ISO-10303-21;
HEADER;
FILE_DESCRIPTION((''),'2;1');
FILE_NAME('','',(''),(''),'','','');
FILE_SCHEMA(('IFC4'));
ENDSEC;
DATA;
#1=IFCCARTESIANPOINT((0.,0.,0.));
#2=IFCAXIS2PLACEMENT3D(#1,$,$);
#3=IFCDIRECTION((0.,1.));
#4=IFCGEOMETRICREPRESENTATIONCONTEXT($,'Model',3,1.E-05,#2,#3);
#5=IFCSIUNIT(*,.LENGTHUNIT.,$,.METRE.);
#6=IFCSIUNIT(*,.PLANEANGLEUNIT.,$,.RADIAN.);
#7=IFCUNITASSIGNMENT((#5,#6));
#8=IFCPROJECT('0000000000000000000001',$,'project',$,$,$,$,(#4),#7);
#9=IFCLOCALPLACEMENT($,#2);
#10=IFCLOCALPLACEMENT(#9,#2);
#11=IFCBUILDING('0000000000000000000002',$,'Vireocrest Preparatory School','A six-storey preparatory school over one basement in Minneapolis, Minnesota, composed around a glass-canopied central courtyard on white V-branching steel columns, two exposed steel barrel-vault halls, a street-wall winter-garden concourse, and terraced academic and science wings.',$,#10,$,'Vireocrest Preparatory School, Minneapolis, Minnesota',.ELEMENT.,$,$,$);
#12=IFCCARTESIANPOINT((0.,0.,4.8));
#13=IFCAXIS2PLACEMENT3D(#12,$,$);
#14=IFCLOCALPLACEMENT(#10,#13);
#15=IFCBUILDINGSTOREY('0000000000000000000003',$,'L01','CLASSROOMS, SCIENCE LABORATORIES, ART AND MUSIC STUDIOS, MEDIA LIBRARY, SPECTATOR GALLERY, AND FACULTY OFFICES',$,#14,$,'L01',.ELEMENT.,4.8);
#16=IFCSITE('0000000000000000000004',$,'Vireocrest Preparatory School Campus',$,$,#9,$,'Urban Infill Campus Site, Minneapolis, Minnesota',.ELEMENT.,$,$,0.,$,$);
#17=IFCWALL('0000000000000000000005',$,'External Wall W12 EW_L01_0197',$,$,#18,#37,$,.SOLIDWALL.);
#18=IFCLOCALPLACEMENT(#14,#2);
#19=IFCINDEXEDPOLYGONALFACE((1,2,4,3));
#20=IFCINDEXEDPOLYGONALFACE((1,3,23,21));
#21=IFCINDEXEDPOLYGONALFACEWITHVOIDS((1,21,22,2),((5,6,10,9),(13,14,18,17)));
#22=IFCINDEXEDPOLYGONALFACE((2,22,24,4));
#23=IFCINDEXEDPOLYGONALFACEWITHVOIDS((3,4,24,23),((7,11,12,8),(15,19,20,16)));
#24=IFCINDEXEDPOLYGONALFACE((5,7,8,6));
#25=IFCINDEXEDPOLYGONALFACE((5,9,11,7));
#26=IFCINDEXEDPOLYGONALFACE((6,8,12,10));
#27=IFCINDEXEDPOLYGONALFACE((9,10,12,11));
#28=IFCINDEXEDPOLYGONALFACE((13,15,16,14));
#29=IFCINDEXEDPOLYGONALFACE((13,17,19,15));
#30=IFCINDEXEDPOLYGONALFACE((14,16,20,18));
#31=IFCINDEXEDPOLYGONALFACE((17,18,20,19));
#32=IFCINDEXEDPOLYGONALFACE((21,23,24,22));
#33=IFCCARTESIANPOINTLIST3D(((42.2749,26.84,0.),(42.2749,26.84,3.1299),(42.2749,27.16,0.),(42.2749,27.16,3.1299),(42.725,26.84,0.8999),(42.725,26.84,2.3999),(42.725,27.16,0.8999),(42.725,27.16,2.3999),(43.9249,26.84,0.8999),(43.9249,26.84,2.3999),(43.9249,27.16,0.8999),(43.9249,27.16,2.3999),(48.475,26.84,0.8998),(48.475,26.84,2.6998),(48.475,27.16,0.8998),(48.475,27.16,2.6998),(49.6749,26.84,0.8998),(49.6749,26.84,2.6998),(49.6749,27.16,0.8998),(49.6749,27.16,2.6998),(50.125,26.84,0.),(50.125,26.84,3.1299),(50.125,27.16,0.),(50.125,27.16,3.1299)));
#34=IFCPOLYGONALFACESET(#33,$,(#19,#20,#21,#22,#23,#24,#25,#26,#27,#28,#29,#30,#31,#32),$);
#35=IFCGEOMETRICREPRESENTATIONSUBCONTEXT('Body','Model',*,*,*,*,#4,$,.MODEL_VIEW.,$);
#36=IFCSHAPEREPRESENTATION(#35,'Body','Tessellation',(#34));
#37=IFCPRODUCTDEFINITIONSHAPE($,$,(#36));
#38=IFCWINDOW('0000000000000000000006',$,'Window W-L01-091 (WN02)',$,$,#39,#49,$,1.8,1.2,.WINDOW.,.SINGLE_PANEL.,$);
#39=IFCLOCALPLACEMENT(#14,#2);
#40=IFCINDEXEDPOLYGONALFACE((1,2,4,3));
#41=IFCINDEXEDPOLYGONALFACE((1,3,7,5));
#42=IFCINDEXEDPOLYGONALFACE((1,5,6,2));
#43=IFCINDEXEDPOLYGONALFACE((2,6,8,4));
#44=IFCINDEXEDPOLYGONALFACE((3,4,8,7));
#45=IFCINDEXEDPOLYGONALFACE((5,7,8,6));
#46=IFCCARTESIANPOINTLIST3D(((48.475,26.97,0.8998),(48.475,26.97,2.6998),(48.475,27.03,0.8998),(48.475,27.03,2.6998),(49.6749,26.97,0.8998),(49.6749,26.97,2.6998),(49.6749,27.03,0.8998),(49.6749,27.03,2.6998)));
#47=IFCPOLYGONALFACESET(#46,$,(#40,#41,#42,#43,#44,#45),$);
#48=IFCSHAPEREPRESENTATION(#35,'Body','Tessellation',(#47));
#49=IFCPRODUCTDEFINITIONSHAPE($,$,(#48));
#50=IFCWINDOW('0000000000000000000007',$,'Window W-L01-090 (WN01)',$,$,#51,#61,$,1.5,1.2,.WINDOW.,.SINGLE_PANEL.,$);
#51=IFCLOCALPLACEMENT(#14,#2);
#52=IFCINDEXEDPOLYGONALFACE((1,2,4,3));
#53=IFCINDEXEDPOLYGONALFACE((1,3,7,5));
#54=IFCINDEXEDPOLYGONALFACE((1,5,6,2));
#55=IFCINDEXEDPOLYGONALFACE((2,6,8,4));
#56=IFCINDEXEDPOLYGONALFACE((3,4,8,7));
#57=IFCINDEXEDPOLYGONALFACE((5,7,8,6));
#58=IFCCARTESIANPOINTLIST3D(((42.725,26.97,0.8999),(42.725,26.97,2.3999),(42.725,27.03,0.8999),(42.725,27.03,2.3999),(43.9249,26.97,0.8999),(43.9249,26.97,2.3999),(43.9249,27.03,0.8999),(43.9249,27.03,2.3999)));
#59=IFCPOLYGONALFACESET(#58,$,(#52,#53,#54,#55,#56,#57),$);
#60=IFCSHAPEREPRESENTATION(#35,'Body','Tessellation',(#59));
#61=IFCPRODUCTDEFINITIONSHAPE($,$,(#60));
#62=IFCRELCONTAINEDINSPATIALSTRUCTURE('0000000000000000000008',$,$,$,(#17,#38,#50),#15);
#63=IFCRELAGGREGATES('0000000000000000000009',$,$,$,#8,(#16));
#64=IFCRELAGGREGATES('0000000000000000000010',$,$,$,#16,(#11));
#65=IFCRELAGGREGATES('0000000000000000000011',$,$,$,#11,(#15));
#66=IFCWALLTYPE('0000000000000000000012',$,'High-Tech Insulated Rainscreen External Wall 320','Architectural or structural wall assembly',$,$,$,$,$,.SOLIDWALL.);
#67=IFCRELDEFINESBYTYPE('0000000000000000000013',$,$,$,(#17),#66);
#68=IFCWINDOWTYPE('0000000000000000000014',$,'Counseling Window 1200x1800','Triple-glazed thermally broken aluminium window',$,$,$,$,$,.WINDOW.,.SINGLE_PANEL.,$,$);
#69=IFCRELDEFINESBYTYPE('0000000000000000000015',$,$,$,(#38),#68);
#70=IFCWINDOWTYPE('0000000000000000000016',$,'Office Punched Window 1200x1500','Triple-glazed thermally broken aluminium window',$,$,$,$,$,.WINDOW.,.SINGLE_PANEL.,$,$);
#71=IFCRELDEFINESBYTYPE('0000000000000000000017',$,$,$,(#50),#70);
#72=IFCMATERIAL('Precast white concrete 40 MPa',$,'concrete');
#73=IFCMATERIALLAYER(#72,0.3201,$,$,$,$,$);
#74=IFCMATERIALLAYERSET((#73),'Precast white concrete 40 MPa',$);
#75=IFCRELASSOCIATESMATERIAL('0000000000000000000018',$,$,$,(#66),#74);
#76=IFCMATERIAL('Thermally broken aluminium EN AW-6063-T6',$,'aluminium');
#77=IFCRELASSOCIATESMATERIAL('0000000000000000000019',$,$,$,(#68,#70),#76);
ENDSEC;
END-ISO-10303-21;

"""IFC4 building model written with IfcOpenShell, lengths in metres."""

from ifc_helpers import new_model, si_unit, direction, frame, frame_2d, origin, place, context, subcontext, project, spatial, rectangle, extrude, material, layer, layer_set, type_object, element, fill, save


model = new_model("IFC4")

# Units and contexts
model_context = context("Model", 3, precision=1e-05, world=origin(), true_north=direction((0.0, 1.0)))
body_context = subcontext(model_context, "Body", "Model", "MODEL_VIEW")
ifc_project = project(units=[si_unit("LENGTHUNIT", "METRE"), si_unit("PLANEANGLEUNIT", "RADIAN")], contexts=[model_context])

# Site, building, storey
site_placement = place(None, origin())
site = spatial("IfcSite", under=ifc_project, at=site_placement, Name="Vireocrest Preparatory School Campus", LongName="Urban Infill Campus Site, Minneapolis, Minnesota", CompositionType="ELEMENT", RefElevation=0.0)
building_placement = place(site_placement, origin())
building = spatial("IfcBuilding", under=site, at=building_placement, Name="Vireocrest Preparatory School", Description="A six-storey preparatory school over one basement in Minneapolis, Minnesota, composed around a glass-canopied central courtyard on white V-branching steel columns, two exposed steel barrel-vault halls, a street-wall winter-garden concourse, and terraced academic and science wings.", LongName="Vireocrest Preparatory School, Minneapolis, Minnesota", CompositionType="ELEMENT")
storey_placement = place(building_placement, frame((0.0, 0.0, 4.8)))
storey = spatial("IfcBuildingStorey", under=building, at=storey_placement, Name="L01", Description="CLASSROOMS, SCIENCE LABORATORIES, ART AND MUSIC STUDIOS, MEDIA LIBRARY, SPECTATOR GALLERY, AND FACULTY OFFICES", LongName="L01", CompositionType="ELEMENT", Elevation=4.8)

# Wall, openings, windows
ifc_material_1 = material(Name="Precast white concrete 40 MPa", Category="concrete")
ifc_layer_1 = layer(ifc_material_1, 0.3201)
ifc_layer_set_1 = layer_set([ifc_layer_1], Name="Precast white concrete 40 MPa")
wall_type_1 = type_object("IfcWallType", Name="High-Tech Insulated Rainscreen External Wall 320", Description="Architectural or structural wall assembly", PredefinedType="SOLIDWALL", material=ifc_layer_set_1)
wall_1_placement = place(storey_placement, frame((42.2749, 27.0, 0.0), z_axis=(0.0, 0.0, 1.0), x_axis=(1.0, 0.0, 0.0)))
wall_1 = element("IfcWall", 1, at=wall_1_placement, inside=storey, type_object=wall_type_1, Name="External Wall W12 EW_L01_0197", PredefinedType="SOLIDWALL", context=body_context, shape_type="SweptSolid", body=[
    extrude(rectangle(XDim=7.8501, YDim=0.3201, at=frame_2d((3.925, 0.0))), origin(), (0.0, 0.0, 1.0), 3.1299),
])
opening_1_placement = place(wall_1_placement, frame((0.45, 0.0, 0.8999)))
opening_1 = element("IfcOpeningElement", 2, at=opening_1_placement, cuts=wall_1, PredefinedType="OPENING", context=body_context, shape_type="SweptSolid", body=[
    extrude(rectangle(XDim=1.2, YDim=1.5, at=frame_2d((0.6001, 0.75))), frame((0.0, 0.1699, 0.0), z_axis=(0.0, -1.0, 0.0), x_axis=(1.0, 0.0, 0.0)), (0.0, 0.0, 1.0), 0.3401),
])
opening_2_placement = place(wall_1_placement, frame((6.2, 0.0, 0.8999)))
opening_2 = element("IfcOpeningElement", 3, at=opening_2_placement, cuts=wall_1, PredefinedType="OPENING", context=body_context, shape_type="SweptSolid", body=[
    extrude(rectangle(XDim=1.2, YDim=1.8, at=frame_2d((0.6001, 0.8999))), frame((0.0, 0.1699, 0.0), z_axis=(0.0, -1.0, 0.0), x_axis=(1.0, 0.0, 0.0)), (0.0, 0.0, 1.0), 0.3401),
])
ifc_material_2 = material(Name="Thermally broken aluminium EN AW-6063-T6", Category="aluminium")
window_type_1 = type_object("IfcWindowType", Name="Counseling Window 1200x1800", Description="Triple-glazed thermally broken aluminium window", PartitioningType="SINGLE_PANEL", PredefinedType="WINDOW", material=ifc_material_2)
window_1_placement = place(opening_2_placement, origin())
window_1 = element("IfcWindow", 4, at=window_1_placement, inside=storey, type_object=window_type_1, Name="Window W-L01-091 (WN02)", OverallHeight=1.8, OverallWidth=1.2, PartitioningType="SINGLE_PANEL", PredefinedType="WINDOW", context=body_context, shape_type="SweptSolid", body=[
    extrude(rectangle(XDim=1.2, YDim=1.8, at=frame_2d((0.6001, 0.8999))), frame((0.0, 0.03, 0.0), z_axis=(0.0, -1.0, 0.0), x_axis=(1.0, 0.0, 0.0)), (0.0, 0.0, 1.0), 0.0601),
])
fill(opening_2, window_1)
window_type_2 = type_object("IfcWindowType", Name="Office Punched Window 1200x1500", Description="Triple-glazed thermally broken aluminium window", PartitioningType="SINGLE_PANEL", PredefinedType="WINDOW", material=ifc_material_2)
window_2_placement = place(opening_1_placement, origin())
window_2 = element("IfcWindow", 5, at=window_2_placement, inside=storey, type_object=window_type_2, Name="Window W-L01-090 (WN01)", OverallHeight=1.5, OverallWidth=1.2, PartitioningType="SINGLE_PANEL", PredefinedType="WINDOW", context=body_context, shape_type="SweptSolid", body=[
    extrude(rectangle(XDim=1.2, YDim=1.5, at=frame_2d((0.6001, 0.75))), frame((0.0, 0.03, 0.0), z_axis=(0.0, -1.0, 0.0), x_axis=(1.0, 0.0, 0.0)), (0.0, 0.0, 1.0), 0.0601),
])
fill(opening_1, window_2)

save(model, "model.ifc")
